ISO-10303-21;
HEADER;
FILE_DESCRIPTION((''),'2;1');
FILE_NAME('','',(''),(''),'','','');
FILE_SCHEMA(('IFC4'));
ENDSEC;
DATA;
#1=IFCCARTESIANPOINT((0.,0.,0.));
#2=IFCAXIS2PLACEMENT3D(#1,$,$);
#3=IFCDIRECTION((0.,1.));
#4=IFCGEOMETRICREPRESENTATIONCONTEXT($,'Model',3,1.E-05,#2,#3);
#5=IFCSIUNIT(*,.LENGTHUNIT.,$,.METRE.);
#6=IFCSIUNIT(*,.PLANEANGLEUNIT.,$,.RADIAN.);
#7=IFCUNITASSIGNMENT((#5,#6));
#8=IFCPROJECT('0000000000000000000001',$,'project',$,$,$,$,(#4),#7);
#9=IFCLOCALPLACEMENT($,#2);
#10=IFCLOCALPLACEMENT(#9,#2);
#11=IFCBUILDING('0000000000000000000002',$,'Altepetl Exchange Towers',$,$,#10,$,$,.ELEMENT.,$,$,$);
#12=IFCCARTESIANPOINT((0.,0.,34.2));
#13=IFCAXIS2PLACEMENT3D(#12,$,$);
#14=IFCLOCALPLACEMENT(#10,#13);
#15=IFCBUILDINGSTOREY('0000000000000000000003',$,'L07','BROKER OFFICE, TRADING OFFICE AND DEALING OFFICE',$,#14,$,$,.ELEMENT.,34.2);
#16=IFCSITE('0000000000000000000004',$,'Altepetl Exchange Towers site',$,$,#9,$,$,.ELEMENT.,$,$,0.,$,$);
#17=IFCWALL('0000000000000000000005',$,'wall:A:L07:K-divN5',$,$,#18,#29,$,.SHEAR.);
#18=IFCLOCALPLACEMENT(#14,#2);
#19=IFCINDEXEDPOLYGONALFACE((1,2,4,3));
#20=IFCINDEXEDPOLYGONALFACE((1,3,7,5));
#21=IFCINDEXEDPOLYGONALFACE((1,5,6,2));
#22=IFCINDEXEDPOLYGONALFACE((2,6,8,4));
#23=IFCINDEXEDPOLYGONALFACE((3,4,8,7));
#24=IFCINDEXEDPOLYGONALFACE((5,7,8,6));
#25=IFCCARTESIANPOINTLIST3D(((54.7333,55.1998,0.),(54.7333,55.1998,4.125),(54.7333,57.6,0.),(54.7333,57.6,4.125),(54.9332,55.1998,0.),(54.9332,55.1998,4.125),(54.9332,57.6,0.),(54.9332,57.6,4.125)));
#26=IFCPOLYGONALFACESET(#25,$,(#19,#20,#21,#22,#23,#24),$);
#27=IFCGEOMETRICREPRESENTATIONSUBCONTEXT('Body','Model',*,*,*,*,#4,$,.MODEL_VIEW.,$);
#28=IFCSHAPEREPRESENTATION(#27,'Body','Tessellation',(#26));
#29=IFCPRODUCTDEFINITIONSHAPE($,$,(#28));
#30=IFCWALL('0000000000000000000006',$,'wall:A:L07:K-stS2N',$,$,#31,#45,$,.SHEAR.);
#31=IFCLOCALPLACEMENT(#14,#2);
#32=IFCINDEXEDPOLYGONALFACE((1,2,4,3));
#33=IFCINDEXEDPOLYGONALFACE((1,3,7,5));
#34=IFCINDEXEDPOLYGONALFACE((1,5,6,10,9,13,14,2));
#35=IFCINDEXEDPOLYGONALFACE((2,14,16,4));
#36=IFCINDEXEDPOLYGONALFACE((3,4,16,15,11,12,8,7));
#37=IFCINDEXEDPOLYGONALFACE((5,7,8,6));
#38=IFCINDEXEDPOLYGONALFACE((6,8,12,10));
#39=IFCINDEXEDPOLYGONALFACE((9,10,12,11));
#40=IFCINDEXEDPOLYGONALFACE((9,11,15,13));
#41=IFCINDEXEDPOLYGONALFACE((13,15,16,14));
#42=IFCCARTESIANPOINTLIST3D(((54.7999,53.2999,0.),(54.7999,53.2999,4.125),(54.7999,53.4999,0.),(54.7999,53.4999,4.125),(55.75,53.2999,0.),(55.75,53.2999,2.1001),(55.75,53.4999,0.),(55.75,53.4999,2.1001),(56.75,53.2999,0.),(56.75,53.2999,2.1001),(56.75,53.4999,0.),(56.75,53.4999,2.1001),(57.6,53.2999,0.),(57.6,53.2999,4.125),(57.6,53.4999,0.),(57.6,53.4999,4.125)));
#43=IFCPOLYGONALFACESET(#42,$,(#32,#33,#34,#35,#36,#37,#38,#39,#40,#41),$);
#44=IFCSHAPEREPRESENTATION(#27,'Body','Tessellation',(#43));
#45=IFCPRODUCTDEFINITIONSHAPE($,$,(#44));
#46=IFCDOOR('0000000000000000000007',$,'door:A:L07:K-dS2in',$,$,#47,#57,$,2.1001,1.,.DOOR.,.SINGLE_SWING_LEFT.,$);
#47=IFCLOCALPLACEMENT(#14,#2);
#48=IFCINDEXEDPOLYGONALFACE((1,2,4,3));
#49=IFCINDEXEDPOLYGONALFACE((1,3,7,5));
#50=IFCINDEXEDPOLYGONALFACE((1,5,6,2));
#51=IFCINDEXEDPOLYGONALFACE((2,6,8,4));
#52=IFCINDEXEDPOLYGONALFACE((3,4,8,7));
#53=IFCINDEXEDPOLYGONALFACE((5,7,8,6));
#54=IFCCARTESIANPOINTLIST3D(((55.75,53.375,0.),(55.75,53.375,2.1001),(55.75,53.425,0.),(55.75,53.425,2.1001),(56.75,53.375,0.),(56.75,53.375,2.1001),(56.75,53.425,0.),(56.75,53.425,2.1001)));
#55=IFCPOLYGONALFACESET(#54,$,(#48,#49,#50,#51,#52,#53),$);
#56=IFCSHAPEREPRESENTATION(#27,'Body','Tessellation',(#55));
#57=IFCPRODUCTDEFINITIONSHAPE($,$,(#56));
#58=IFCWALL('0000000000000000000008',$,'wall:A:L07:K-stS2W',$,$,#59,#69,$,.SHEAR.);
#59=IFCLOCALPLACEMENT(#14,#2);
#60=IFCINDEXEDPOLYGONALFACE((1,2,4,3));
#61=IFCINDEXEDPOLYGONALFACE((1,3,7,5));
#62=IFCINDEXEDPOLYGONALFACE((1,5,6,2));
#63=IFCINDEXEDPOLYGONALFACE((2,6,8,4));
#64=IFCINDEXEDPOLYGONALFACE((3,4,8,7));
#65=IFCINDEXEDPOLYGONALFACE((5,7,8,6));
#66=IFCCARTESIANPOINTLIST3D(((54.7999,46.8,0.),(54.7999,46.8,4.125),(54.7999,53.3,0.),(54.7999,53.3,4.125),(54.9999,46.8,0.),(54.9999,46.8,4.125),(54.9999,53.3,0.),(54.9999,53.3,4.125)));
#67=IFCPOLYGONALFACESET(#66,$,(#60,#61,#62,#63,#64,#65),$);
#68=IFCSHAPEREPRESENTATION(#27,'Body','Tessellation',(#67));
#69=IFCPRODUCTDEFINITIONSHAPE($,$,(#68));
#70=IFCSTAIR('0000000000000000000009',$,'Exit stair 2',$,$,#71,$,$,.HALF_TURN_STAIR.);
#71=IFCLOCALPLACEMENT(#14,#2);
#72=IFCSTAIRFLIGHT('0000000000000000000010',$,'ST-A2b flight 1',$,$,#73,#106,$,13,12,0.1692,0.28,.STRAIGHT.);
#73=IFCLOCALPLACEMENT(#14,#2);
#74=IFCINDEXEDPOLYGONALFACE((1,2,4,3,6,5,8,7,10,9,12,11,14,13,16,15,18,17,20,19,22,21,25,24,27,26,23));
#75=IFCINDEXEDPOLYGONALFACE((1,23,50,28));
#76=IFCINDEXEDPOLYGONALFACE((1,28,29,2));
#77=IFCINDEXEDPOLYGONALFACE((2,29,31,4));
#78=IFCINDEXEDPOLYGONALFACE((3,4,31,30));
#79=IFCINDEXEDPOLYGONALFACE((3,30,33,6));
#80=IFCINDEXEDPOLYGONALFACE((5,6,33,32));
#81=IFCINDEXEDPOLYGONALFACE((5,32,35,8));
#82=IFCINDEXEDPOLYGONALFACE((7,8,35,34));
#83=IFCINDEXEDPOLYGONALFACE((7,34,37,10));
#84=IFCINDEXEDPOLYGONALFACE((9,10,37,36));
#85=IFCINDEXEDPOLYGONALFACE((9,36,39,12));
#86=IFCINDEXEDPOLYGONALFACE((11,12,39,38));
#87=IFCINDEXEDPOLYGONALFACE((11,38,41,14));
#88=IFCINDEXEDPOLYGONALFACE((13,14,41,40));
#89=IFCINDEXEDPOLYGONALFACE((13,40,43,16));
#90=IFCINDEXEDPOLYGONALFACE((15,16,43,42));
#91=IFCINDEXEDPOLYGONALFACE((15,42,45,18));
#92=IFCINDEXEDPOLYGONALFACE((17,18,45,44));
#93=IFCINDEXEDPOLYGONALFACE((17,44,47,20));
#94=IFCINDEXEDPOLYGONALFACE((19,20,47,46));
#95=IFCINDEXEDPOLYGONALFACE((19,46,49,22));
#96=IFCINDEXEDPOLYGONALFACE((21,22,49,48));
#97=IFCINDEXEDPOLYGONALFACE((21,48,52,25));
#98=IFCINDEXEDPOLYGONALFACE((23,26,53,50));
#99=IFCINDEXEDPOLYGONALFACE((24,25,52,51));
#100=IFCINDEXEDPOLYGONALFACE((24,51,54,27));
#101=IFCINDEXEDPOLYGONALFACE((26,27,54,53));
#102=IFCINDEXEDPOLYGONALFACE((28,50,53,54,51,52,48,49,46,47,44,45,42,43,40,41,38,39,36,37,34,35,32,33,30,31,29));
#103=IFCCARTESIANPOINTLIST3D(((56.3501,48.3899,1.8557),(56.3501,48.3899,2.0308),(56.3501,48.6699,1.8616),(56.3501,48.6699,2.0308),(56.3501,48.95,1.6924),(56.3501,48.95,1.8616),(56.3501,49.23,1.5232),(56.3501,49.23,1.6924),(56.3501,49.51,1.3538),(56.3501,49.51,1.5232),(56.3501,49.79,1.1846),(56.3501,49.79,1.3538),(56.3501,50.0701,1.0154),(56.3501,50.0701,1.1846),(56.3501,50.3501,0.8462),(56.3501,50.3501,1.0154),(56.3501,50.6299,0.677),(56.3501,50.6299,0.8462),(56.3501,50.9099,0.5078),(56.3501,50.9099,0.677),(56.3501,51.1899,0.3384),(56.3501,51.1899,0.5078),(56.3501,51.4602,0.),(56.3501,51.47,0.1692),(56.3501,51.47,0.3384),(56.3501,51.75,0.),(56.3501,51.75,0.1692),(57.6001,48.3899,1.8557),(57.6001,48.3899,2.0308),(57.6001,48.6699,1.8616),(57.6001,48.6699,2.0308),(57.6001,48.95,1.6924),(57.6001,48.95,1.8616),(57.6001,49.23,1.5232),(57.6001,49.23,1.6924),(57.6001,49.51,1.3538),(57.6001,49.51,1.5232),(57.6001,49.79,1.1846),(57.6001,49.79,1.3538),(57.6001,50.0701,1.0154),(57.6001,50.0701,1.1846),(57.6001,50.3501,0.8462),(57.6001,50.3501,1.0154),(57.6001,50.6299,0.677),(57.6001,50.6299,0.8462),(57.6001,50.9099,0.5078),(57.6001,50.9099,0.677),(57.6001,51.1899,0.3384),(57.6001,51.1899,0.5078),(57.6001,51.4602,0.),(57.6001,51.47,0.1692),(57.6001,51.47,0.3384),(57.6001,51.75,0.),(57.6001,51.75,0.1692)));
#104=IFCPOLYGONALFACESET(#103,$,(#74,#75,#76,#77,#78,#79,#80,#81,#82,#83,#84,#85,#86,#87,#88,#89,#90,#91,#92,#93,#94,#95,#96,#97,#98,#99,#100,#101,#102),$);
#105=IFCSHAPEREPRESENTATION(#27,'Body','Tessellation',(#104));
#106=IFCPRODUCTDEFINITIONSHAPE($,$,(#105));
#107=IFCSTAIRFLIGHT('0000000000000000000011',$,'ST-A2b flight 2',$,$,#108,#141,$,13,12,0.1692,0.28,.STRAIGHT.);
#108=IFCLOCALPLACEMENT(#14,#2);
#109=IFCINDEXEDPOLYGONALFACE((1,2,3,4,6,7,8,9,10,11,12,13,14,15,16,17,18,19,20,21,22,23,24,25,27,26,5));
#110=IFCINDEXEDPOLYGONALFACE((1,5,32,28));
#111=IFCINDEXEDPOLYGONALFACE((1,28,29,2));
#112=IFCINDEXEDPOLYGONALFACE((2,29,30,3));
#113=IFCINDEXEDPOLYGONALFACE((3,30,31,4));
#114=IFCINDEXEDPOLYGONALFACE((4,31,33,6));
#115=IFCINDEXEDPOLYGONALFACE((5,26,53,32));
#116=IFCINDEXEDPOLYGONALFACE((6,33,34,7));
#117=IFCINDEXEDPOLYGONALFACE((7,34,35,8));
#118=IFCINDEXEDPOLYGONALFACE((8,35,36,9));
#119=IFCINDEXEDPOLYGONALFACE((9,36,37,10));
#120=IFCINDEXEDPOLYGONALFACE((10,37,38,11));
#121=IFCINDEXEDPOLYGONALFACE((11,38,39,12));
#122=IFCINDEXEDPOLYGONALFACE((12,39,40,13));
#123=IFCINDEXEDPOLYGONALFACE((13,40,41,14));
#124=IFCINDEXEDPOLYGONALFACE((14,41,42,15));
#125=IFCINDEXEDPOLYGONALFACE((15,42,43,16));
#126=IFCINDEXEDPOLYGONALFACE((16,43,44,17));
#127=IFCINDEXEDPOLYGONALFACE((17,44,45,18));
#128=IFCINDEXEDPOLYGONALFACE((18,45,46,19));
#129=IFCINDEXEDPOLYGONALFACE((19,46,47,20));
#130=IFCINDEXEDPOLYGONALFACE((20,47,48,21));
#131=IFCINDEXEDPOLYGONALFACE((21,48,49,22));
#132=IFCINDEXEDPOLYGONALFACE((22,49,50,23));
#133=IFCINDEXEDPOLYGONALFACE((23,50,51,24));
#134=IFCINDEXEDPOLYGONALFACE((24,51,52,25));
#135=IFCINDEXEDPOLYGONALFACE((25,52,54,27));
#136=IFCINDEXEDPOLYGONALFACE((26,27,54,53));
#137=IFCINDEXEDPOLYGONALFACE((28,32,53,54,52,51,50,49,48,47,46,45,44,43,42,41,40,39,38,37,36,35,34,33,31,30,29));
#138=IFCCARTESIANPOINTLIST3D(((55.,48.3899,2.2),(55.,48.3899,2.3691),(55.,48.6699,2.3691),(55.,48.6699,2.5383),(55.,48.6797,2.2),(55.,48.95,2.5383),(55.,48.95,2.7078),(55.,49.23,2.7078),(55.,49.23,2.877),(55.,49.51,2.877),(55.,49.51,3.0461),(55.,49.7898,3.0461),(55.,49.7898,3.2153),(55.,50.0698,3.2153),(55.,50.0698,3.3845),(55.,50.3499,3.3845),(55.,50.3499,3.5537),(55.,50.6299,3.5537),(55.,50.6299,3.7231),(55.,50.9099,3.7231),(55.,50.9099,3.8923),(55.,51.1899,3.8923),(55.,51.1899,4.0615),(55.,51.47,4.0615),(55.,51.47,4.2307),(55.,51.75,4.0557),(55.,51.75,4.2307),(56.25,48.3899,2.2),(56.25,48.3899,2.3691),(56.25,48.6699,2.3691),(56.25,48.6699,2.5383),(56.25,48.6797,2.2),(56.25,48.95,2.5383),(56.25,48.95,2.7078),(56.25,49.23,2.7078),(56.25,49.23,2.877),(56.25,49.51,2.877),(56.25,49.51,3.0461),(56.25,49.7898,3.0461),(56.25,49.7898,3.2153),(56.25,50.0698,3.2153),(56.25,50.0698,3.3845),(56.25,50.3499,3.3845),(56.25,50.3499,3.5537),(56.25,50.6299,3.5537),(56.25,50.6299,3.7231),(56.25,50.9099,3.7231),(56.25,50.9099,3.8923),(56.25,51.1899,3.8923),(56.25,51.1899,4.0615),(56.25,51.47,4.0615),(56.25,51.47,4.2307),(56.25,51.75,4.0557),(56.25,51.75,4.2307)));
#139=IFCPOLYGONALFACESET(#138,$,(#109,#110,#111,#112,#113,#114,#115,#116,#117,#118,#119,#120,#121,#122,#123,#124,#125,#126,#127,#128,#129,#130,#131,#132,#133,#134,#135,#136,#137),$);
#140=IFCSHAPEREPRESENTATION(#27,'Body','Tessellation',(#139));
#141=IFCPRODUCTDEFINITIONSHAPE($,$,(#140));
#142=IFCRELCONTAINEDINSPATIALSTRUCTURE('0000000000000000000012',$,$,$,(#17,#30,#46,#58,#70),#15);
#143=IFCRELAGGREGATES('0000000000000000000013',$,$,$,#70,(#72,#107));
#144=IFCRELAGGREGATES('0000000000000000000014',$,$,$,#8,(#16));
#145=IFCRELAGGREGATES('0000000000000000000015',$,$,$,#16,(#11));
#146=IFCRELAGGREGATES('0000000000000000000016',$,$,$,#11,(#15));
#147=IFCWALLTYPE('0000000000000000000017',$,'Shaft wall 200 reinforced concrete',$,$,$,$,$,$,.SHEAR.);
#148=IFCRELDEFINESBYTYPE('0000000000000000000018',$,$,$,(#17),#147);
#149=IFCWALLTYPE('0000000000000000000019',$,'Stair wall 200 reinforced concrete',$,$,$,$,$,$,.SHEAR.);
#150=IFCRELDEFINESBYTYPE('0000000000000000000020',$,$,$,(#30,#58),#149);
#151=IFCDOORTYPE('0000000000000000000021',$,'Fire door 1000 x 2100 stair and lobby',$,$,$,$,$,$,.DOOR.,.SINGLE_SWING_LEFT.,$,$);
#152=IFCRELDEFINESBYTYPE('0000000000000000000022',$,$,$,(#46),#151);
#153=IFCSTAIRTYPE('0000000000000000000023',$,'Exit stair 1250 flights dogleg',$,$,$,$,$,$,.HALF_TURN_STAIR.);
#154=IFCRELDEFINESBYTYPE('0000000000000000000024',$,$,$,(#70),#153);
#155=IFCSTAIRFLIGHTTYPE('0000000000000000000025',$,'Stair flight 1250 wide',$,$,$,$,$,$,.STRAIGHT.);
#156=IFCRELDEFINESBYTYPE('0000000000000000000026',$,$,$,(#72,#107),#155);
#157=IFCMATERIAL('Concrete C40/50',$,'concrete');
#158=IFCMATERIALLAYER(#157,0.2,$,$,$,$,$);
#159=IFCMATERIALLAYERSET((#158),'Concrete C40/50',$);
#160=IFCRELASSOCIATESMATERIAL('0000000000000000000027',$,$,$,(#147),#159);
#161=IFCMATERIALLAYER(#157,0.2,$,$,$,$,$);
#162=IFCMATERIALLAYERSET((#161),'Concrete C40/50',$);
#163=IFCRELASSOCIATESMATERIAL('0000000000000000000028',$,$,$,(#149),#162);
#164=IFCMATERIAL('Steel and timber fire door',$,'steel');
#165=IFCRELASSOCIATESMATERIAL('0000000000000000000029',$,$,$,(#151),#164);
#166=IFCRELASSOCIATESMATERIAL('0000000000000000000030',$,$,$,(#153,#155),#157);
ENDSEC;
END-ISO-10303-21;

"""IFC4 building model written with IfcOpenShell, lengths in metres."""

from ifc_helpers import new_model, si_unit, direction, frame, frame_2d, origin, place, context, subcontext, project, spatial, polyline, rectangle, outline, extrude, material, layer, layer_set, type_object, element, fill, aggregate, save


model = new_model("IFC4")

# Units and contexts
model_context = context("Model", 3, precision=1e-05, world=origin(), true_north=direction((0.0, 1.0)))
body_context = subcontext(model_context, "Body", "Model", "MODEL_VIEW")
ifc_project = project(units=[si_unit("LENGTHUNIT", "METRE"), si_unit("PLANEANGLEUNIT", "RADIAN")], contexts=[model_context])

# Site, building, storey
site_placement = place(None, origin())
site = spatial("IfcSite", under=ifc_project, at=site_placement, Name="Altepetl Exchange Towers site", CompositionType="ELEMENT", RefElevation=0.0)
building_placement = place(site_placement, origin())
building = spatial("IfcBuilding", under=site, at=building_placement, Name="Altepetl Exchange Towers", CompositionType="ELEMENT")
storey_placement = place(building_placement, frame((0.0, 0.0, 34.2)))
storey = spatial("IfcBuildingStorey", under=building, at=storey_placement, Name="L07", Description="BROKER OFFICE, TRADING OFFICE AND DEALING OFFICE", CompositionType="ELEMENT", Elevation=34.2)

# Wall
ifc_material_1 = material(Name="Concrete C40/50", Category="concrete")
ifc_layer_1 = layer(ifc_material_1, 0.2)
ifc_layer_set_1 = layer_set([ifc_layer_1], Name="Concrete C40/50")
wall_type_1 = type_object("IfcWallType", Name="Shaft wall 200 reinforced concrete", PredefinedType="SHEAR", material=ifc_layer_set_1)
wall_1_placement = place(storey_placement, frame((54.8333, 57.6001, 0.0), z_axis=(0.0, 0.0, 1.0), x_axis=(0.0, -1.0, 0.0)))
element("IfcWall", 1, at=wall_1_placement, inside=storey, type_object=wall_type_1, Name="wall:A:L07:K-divN5", PredefinedType="SHEAR", context=body_context, shape_type="SweptSolid", body=[
    extrude(rectangle(XDim=2.4001, YDim=0.2, at=frame_2d((1.2002, 0.0))), origin(), (0.0, 0.0, 1.0), 4.125),
])

# Wall, opening, door
ifc_layer_2 = layer(ifc_material_1, 0.2)
ifc_layer_set_2 = layer_set([ifc_layer_2], Name="Concrete C40/50")
wall_type_2 = type_object("IfcWallType", Name="Stair wall 200 reinforced concrete", PredefinedType="SHEAR", material=ifc_layer_set_2)
wall_2_placement = place(storey_placement, frame((54.8, 53.3999, 0.0)))
wall_2 = element("IfcWall", 2, at=wall_2_placement, inside=storey, type_object=wall_type_2, Name="wall:A:L07:K-stS2N", PredefinedType="SHEAR", context=body_context, shape_type="SweptSolid", body=[
    extrude(rectangle(XDim=2.8, YDim=0.2, at=frame_2d((1.3999, 0.0))), origin(), (0.0, 0.0, 1.0), 4.125),
])
opening_placement = place(wall_2_placement, frame((0.95, 0.0, 0.0)))
opening = element("IfcOpeningElement", 3, at=opening_placement, cuts=wall_2, PredefinedType="OPENING", context=body_context, shape_type="SweptSolid", body=[
    extrude(rectangle(XDim=1.0, YDim=2.1001, at=frame_2d((0.5, 1.05))), frame((0.0, 0.1099, 0.0), z_axis=(0.0, -1.0, 0.0), x_axis=(1.0, 0.0, 0.0)), (0.0, 0.0, 1.0), 0.22),
])
ifc_material_2 = material(Name="Steel and timber fire door", Category="steel")
door_type = type_object("IfcDoorType", Name="Fire door 1000 x 2100 stair and lobby", OperationType="SINGLE_SWING_LEFT", PredefinedType="DOOR", material=ifc_material_2)
door_placement = place(opening_placement, frame((1.0, 0.0, 0.0), x_axis=(-1.0, 0.0, 0.0)))
door = element("IfcDoor", 4, at=door_placement, inside=storey, type_object=door_type, Name="door:A:L07:K-dS2in", OperationType="SINGLE_SWING_LEFT", OverallHeight=2.1001, OverallWidth=1.0, PredefinedType="DOOR", context=body_context, shape_type="SweptSolid", body=[
    extrude(rectangle(XDim=1.0, YDim=2.1001, at=frame_2d((0.5, 1.05))), frame((0.0, 0.0249, 0.0), z_axis=(0.0, -1.0, 0.0), x_axis=(1.0, 0.0, 0.0)), (0.0, 0.0, 1.0), 0.05),
])
fill(opening, door)

# Wall
wall_3_placement = place(storey_placement, frame((54.8999, 46.8, 0.0), z_axis=(0.0, 0.0, 1.0), x_axis=(0.0, 1.0, 0.0)))
element("IfcWall", 5, at=wall_3_placement, inside=storey, type_object=wall_type_2, Name="wall:A:L07:K-stS2W", PredefinedType="SHEAR", context=body_context, shape_type="SweptSolid", body=[
    extrude(rectangle(XDim=6.5, YDim=0.2, at=frame_2d((3.25, 0.0))), origin(), (0.0, 0.0, 1.0), 4.125),
])

# Stair, stair flights
stair_type = type_object("IfcStairType", Name="Exit stair 1250 flights dogleg", PredefinedType="HALF_TURN_STAIR", material=ifc_material_1)
stair_placement = place(storey_placement, origin())
stair = element("IfcStair", 6, at=stair_placement, inside=storey, type_object=stair_type, Name="Exit stair 2", PredefinedType="HALF_TURN_STAIR")
stair_flight_type = type_object("IfcStairFlightType", Name="Stair flight 1250 wide", PredefinedType="STRAIGHT", material=ifc_material_1)
stair_flight_1_placement = place(storey_placement, frame((56.9751, 51.75, 0.0), z_axis=(0.0, 0.0, 1.0), x_axis=(0.0, -1.0, 0.0)))
stair_flight_1 = element("IfcStairFlight", 7, at=stair_flight_1_placement, type_object=stair_flight_type, Name="ST-A2b flight 1", NumberOfRisers=13, NumberOfTreads=12, PredefinedType="STRAIGHT", RiserHeight=0.1692, TreadLength=0.28, context=body_context, shape_type="SweptSolid", body=[
    extrude(outline(polyline([(0.0, 0.0), (0.0, 0.1692), (0.28, 0.1692), (0.28, 0.3384), (0.5601, 0.3384), (0.5601, 0.5078), (0.8401, 0.5078), (0.8401, 0.677), (1.1201, 0.677), (1.1201, 0.8462), (1.3999, 0.8462), (1.3999, 1.0154), (1.6799, 1.0154), (1.6799, 1.1846), (1.96, 1.1846), (1.96, 1.3538), (2.24, 1.3538), (2.24, 1.5232), (2.52, 1.5232), (2.52, 1.6924), (2.8, 1.6924), (2.8, 1.8616), (3.0801, 1.8616), (3.0801, 2.0308), (3.3601, 2.0308), (3.3601, 2.2), (3.3601, 1.8557), (0.2898, 0.0), (0.0, 0.0)])), frame((0.0, 0.625, 0.0), z_axis=(0.0, -1.0, 0.0), x_axis=(1.0, 0.0, 0.0)), (0.0, 0.0, 1.0), 1.25),
])
stair_flight_2_placement = place(storey_placement, frame((55.625, 48.3899, 2.2), z_axis=(0.0, 0.0, 1.0), x_axis=(0.0, 1.0, 0.0)))
stair_flight_2 = element("IfcStairFlight", 8, at=stair_flight_2_placement, type_object=stair_flight_type, Name="ST-A2b flight 2", NumberOfRisers=13, NumberOfTreads=12, PredefinedType="STRAIGHT", RiserHeight=0.1692, TreadLength=0.28, context=body_context, shape_type="SweptSolid", body=[
    extrude(outline(polyline([(0.0, 0.0), (0.0, 0.1692), (0.28, 0.1692), (0.28, 0.3384), (0.5601, 0.3384), (0.5601, 0.5078), (0.8401, 0.5078), (0.8401, 0.677), (1.1201, 0.677), (1.1201, 0.8462), (1.3999, 0.8462), (1.3999, 1.0154), (1.6799, 1.0154), (1.6799, 1.1846), (1.96, 1.1846), (1.96, 1.3538), (2.24, 1.3538), (2.24, 1.5232), (2.52, 1.5232), (2.52, 1.6924), (2.8, 1.6924), (2.8, 1.8616), (3.0801, 1.8616), (3.0801, 2.0308), (3.3601, 2.0308), (3.3601, 2.2), (3.3601, 1.8557), (0.2898, 0.0), (0.0, 0.0)])), frame((0.0, 0.625, 0.0), z_axis=(0.0, -1.0, 0.0), x_axis=(1.0, 0.0, 0.0)), (0.0, 0.0, 1.0), 1.25),
])
aggregate(stair, [stair_flight_1, stair_flight_2])

save(model, "model.ifc")
